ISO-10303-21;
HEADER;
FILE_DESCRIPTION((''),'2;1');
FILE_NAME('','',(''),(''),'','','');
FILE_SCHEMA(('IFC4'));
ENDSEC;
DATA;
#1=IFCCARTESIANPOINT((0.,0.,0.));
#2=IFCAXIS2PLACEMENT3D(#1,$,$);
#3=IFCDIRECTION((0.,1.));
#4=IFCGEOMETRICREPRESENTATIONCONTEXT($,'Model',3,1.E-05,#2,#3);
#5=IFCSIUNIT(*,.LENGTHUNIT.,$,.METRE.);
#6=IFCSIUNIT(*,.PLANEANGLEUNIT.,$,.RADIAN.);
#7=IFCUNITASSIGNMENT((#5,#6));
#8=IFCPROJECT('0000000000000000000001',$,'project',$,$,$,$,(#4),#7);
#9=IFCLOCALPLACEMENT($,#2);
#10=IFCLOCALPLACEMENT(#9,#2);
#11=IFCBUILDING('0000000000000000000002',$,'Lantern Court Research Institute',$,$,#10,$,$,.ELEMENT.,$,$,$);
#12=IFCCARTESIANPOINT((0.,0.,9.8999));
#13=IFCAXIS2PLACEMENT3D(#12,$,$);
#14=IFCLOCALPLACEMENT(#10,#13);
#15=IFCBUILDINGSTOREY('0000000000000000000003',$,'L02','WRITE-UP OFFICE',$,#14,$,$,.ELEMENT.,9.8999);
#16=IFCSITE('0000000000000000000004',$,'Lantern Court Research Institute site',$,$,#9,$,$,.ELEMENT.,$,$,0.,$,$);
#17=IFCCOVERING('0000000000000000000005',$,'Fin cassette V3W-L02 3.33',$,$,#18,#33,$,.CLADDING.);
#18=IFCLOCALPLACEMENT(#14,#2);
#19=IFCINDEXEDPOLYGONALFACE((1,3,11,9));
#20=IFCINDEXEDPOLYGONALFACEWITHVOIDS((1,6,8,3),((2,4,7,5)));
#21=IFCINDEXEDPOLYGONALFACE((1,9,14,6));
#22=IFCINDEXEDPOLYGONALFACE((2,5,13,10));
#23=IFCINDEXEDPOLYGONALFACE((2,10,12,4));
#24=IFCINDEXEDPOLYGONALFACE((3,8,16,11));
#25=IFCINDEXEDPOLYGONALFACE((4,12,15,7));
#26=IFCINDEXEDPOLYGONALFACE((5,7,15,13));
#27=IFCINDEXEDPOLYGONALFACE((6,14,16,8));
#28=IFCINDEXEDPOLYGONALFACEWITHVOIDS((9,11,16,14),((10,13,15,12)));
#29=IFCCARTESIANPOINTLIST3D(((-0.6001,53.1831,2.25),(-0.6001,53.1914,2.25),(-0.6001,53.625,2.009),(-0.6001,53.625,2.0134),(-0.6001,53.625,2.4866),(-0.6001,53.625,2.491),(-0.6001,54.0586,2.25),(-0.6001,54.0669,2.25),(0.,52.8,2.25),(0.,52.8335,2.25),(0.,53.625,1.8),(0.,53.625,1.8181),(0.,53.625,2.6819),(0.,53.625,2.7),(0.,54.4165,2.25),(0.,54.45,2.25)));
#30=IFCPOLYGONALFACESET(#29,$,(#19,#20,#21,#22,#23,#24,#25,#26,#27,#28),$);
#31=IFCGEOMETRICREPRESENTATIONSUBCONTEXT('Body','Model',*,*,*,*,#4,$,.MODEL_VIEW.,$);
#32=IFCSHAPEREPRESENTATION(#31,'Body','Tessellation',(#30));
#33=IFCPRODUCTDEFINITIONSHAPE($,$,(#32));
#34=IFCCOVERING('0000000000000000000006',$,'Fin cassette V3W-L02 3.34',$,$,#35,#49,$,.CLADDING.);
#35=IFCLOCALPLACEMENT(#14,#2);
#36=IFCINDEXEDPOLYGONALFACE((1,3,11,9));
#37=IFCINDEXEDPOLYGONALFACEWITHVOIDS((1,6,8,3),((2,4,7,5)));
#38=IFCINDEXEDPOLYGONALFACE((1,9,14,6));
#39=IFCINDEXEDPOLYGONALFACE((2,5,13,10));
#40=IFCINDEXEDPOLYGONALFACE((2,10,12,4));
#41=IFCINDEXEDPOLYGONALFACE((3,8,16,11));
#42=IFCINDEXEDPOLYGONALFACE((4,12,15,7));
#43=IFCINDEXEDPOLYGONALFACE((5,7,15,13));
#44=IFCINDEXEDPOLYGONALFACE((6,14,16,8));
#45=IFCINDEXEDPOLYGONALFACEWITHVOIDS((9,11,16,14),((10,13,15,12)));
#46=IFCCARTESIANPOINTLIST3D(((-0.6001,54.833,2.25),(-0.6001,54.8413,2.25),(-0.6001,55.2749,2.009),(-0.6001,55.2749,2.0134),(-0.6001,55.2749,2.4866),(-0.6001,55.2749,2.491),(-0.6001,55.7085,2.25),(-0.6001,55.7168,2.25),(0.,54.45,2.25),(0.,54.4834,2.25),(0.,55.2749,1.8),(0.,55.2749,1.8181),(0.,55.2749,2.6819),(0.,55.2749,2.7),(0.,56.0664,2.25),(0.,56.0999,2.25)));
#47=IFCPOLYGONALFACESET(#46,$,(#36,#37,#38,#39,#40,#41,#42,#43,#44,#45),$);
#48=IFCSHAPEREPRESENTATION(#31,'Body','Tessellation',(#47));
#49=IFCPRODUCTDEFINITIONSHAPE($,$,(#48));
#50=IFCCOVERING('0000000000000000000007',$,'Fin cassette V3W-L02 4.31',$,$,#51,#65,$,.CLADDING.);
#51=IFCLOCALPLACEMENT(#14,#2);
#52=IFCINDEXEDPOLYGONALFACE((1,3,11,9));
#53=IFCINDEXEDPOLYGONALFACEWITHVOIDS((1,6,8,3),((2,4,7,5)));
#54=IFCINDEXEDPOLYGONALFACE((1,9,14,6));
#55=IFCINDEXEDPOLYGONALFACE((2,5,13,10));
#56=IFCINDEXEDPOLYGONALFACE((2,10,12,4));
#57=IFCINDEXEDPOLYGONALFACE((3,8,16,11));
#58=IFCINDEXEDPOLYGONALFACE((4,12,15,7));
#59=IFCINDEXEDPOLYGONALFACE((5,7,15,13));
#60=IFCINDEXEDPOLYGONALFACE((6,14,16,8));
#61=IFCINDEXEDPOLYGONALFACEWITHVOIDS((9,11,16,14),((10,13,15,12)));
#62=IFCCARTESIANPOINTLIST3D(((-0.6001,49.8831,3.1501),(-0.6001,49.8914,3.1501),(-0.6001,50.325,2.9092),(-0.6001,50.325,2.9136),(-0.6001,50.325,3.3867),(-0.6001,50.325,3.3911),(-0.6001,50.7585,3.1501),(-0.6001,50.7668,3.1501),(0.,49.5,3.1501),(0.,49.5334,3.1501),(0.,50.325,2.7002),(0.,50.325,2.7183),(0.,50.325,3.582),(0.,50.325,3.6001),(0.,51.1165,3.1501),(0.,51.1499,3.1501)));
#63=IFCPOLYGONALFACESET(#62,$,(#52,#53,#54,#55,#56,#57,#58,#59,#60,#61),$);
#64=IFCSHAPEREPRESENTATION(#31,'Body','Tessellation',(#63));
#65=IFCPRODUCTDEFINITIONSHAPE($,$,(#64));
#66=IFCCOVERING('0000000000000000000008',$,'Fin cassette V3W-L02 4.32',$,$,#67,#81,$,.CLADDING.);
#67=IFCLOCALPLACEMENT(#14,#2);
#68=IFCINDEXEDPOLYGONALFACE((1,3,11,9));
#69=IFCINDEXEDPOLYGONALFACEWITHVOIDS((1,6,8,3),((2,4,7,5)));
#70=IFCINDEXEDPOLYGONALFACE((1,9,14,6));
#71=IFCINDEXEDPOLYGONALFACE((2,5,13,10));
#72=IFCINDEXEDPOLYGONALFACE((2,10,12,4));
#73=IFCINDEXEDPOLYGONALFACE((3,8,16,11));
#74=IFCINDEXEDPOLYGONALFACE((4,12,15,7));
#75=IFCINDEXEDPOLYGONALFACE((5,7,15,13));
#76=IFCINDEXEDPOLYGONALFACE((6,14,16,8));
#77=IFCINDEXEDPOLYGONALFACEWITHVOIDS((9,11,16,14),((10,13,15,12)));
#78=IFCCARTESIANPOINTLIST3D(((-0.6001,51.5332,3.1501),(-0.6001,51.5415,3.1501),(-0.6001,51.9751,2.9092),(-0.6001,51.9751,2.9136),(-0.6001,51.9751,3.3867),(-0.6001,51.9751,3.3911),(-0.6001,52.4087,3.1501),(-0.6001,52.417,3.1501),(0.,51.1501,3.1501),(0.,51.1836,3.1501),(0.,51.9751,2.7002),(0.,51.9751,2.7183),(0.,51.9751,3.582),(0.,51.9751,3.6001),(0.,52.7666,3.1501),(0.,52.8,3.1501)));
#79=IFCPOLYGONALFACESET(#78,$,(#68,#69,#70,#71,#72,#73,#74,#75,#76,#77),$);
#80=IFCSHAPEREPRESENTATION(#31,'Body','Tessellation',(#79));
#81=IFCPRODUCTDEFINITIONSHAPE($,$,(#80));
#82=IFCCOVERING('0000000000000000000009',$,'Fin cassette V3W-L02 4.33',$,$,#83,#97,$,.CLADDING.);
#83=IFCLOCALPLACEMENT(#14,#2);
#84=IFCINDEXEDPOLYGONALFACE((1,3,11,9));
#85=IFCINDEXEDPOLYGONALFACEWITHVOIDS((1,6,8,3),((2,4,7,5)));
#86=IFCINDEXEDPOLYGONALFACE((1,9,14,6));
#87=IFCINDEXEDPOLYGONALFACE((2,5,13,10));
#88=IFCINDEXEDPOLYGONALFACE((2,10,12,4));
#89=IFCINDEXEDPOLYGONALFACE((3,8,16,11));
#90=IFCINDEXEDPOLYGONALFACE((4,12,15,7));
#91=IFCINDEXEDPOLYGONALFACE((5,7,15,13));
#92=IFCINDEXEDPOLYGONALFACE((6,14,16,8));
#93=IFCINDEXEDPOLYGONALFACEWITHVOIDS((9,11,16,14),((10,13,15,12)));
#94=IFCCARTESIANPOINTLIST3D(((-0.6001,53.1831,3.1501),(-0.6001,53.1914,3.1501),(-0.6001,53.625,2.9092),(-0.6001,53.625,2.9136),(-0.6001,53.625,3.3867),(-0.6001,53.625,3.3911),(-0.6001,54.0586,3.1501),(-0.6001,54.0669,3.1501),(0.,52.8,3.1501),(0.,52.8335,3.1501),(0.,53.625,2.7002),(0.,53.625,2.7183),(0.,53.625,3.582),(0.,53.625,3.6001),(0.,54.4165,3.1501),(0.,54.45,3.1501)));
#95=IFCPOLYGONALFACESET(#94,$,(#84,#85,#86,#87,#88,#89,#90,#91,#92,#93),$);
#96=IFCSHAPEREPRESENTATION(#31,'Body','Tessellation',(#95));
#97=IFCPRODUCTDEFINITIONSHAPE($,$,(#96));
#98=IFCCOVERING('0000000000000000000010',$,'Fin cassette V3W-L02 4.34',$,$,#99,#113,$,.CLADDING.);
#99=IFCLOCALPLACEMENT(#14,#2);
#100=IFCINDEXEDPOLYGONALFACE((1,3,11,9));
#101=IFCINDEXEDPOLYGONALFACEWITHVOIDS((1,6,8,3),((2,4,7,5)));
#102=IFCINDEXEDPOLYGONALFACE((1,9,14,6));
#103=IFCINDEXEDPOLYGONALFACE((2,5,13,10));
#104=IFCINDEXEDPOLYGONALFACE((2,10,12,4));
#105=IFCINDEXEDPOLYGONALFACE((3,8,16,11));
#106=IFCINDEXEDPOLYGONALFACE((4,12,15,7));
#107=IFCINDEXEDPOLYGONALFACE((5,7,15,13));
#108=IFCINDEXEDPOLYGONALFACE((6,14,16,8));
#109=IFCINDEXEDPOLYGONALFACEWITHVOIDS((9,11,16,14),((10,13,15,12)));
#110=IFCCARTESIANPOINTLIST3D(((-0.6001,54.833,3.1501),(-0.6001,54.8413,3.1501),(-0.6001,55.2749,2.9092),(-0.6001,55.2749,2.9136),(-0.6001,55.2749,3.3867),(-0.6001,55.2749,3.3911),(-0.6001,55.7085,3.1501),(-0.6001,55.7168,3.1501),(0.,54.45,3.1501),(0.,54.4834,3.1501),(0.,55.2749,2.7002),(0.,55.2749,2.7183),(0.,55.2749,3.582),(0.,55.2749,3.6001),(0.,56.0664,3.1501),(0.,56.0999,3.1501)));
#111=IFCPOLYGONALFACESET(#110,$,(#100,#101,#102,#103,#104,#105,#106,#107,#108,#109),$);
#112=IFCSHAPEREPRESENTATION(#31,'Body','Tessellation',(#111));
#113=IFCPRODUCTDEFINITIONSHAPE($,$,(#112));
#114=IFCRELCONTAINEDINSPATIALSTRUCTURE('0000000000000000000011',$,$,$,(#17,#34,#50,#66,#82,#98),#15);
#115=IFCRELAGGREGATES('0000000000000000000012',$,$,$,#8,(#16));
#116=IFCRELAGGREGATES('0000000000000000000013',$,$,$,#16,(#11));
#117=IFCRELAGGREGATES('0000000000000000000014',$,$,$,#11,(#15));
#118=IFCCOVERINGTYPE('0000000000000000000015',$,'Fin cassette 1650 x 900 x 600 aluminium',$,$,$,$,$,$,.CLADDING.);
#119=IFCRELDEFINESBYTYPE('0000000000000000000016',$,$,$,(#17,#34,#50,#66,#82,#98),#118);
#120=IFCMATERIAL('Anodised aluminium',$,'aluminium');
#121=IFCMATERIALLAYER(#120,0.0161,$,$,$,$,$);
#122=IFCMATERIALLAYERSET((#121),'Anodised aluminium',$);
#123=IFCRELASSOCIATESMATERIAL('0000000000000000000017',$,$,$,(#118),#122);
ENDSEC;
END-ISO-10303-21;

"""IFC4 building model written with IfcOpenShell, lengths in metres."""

from ifc_helpers import new_model, entity, si_unit, direction, frame, origin, place, context, subcontext, project, spatial, material, layer, layer_set, type_object, element, save


model = new_model("IFC4")

# Units and contexts
model_context = context("Model", 3, precision=1e-05, world=origin(), true_north=direction((0.0, 1.0)))
body_context = subcontext(model_context, "Body", "Model", "MODEL_VIEW")
ifc_project = project(units=[si_unit("LENGTHUNIT", "METRE"), si_unit("PLANEANGLEUNIT", "RADIAN")], contexts=[model_context])

# Site, building, storey
site_placement = place(None, origin())
site = spatial("IfcSite", under=ifc_project, at=site_placement, Name="Lantern Court Research Institute site", CompositionType="ELEMENT", RefElevation=0.0)
building_placement = place(site_placement, origin())
building = spatial("IfcBuilding", under=site, at=building_placement, Name="Lantern Court Research Institute", CompositionType="ELEMENT")
storey_placement = place(building_placement, frame((0.0, 0.0, 9.8999)))
storey = spatial("IfcBuildingStorey", under=building, at=storey_placement, Name="L02", Description="WRITE-UP OFFICE", CompositionType="ELEMENT", Elevation=9.8999)

# Coverings
ifc_material_1 = material(Name="Anodised aluminium", Category="aluminium")
ifc_layer_1 = layer(ifc_material_1, 0.0161)
ifc_layer_set_1 = layer_set([ifc_layer_1], Name="Anodised aluminium")
covering_type = type_object("IfcCoveringType", Name="Fin cassette 1650 x 900 x 600 aluminium", PredefinedType="CLADDING", material=ifc_layer_set_1)
covering_1_placement = place(storey_placement, frame((0.0, 53.625, 2.25), z_axis=(-1.0, 0.0, 0.0), x_axis=(0.0, -1.0, 0.0)))
cartesian_point_1 = entity("IfcCartesianPoint", [0.825, 0.0])
cartesian_point_2 = entity("IfcCartesianPoint", [0.7915, 0.0])
cartesian_point_3 = entity("IfcCartesianPoint", [0.4419, 0.0])
cartesian_point_4 = entity("IfcCartesianPoint", [0.4336, 0.0])
element("IfcCovering", 1, at=covering_1_placement, inside=storey, type_object=covering_type, Name="Fin cassette V3W-L02 3.33", PredefinedType="CLADDING", context=body_context, shape_type="SweptSolid", body=[
    entity("IfcExtrudedAreaSolidTapered", entity("IfcArbitraryProfileDefWithVoids", "AREA", None, entity("IfcPolyline", [cartesian_point_1, entity("IfcCartesianPoint", [0.0, 0.45]), entity("IfcCartesianPoint", [-0.825, 0.0]), entity("IfcCartesianPoint", [0.0, -0.45]), cartesian_point_1]), [entity("IfcPolyline", [cartesian_point_2, entity("IfcCartesianPoint", [0.0, 0.4319]), entity("IfcCartesianPoint", [-0.7915, 0.0]), entity("IfcCartesianPoint", [0.0, -0.4319]), cartesian_point_2])]), entity("IfcAxis2Placement3D", entity("IfcCartesianPoint", [0.0, 0.0, 0.0])), entity("IfcDirection", [0.0, 0.0, 1.0]), 0.6001, entity("IfcArbitraryProfileDefWithVoids", "AREA", None, entity("IfcPolyline", [cartesian_point_3, entity("IfcCartesianPoint", [0.0, 0.241]), entity("IfcCartesianPoint", [-0.4419, 0.0]), entity("IfcCartesianPoint", [0.0, -0.241]), cartesian_point_3]), [entity("IfcPolyline", [cartesian_point_4, entity("IfcCartesianPoint", [0.0, 0.2366]), entity("IfcCartesianPoint", [-0.4336, 0.0]), entity("IfcCartesianPoint", [0.0, -0.2366]), cartesian_point_4])])),
])
covering_2_placement = place(storey_placement, frame((0.0, 55.2749, 2.25), z_axis=(-1.0, 0.0, 0.0), x_axis=(0.0, -1.0, 0.0)))
cartesian_point_5 = entity("IfcCartesianPoint", [0.825, 0.0])
cartesian_point_6 = entity("IfcCartesianPoint", [0.7915, 0.0])
cartesian_point_7 = entity("IfcCartesianPoint", [0.4419, 0.0])
cartesian_point_8 = entity("IfcCartesianPoint", [0.4336, 0.0])
element("IfcCovering", 2, at=covering_2_placement, inside=storey, type_object=covering_type, Name="Fin cassette V3W-L02 3.34", PredefinedType="CLADDING", context=body_context, shape_type="SweptSolid", body=[
    entity("IfcExtrudedAreaSolidTapered", entity("IfcArbitraryProfileDefWithVoids", "AREA", None, entity("IfcPolyline", [cartesian_point_5, entity("IfcCartesianPoint", [0.0, 0.45]), entity("IfcCartesianPoint", [-0.825, 0.0]), entity("IfcCartesianPoint", [0.0, -0.45]), cartesian_point_5]), [entity("IfcPolyline", [cartesian_point_6, entity("IfcCartesianPoint", [0.0, 0.4319]), entity("IfcCartesianPoint", [-0.7915, 0.0]), entity("IfcCartesianPoint", [0.0, -0.4319]), cartesian_point_6])]), entity("IfcAxis2Placement3D", entity("IfcCartesianPoint", [0.0, 0.0, 0.0])), entity("IfcDirection", [0.0, 0.0, 1.0]), 0.6001, entity("IfcArbitraryProfileDefWithVoids", "AREA", None, entity("IfcPolyline", [cartesian_point_7, entity("IfcCartesianPoint", [0.0, 0.241]), entity("IfcCartesianPoint", [-0.4419, 0.0]), entity("IfcCartesianPoint", [0.0, -0.241]), cartesian_point_7]), [entity("IfcPolyline", [cartesian_point_8, entity("IfcCartesianPoint", [0.0, 0.2366]), entity("IfcCartesianPoint", [-0.4336, 0.0]), entity("IfcCartesianPoint", [0.0, -0.2366]), cartesian_point_8])])),
])
covering_3_placement = place(storey_placement, frame((0.0, 50.325, 3.1501), z_axis=(-1.0, 0.0, 0.0), x_axis=(0.0, -1.0, 0.0)))
cartesian_point_9 = entity("IfcCartesianPoint", [0.825, 0.0])
cartesian_point_10 = entity("IfcCartesianPoint", [0.7915, 0.0])
cartesian_point_11 = entity("IfcCartesianPoint", [0.4419, 0.0])
cartesian_point_12 = entity("IfcCartesianPoint", [0.4336, 0.0])
element("IfcCovering", 3, at=covering_3_placement, inside=storey, type_object=covering_type, Name="Fin cassette V3W-L02 4.31", PredefinedType="CLADDING", context=body_context, shape_type="SweptSolid", body=[
    entity("IfcExtrudedAreaSolidTapered", entity("IfcArbitraryProfileDefWithVoids", "AREA", None, entity("IfcPolyline", [cartesian_point_9, entity("IfcCartesianPoint", [0.0, 0.45]), entity("IfcCartesianPoint", [-0.825, 0.0]), entity("IfcCartesianPoint", [0.0, -0.45]), cartesian_point_9]), [entity("IfcPolyline", [cartesian_point_10, entity("IfcCartesianPoint", [0.0, 0.4319]), entity("IfcCartesianPoint", [-0.7915, 0.0]), entity("IfcCartesianPoint", [0.0, -0.4319]), cartesian_point_10])]), entity("IfcAxis2Placement3D", entity("IfcCartesianPoint", [0.0, 0.0, 0.0])), entity("IfcDirection", [0.0, 0.0, 1.0]), 0.6001, entity("IfcArbitraryProfileDefWithVoids", "AREA", None, entity("IfcPolyline", [cartesian_point_11, entity("IfcCartesianPoint", [0.0, 0.241]), entity("IfcCartesianPoint", [-0.4419, 0.0]), entity("IfcCartesianPoint", [0.0, -0.241]), cartesian_point_11]), [entity("IfcPolyline", [cartesian_point_12, entity("IfcCartesianPoint", [0.0, 0.2366]), entity("IfcCartesianPoint", [-0.4336, 0.0]), entity("IfcCartesianPoint", [0.0, -0.2366]), cartesian_point_12])])),
])
covering_4_placement = place(storey_placement, frame((0.0, 51.9751, 3.1501), z_axis=(-1.0, 0.0, 0.0), x_axis=(0.0, -1.0, 0.0)))
cartesian_point_13 = entity("IfcCartesianPoint", [0.825, 0.0])
cartesian_point_14 = entity("IfcCartesianPoint", [0.7915, 0.0])
cartesian_point_15 = entity("IfcCartesianPoint", [0.4419, 0.0])
cartesian_point_16 = entity("IfcCartesianPoint", [0.4336, 0.0])
element("IfcCovering", 4, at=covering_4_placement, inside=storey, type_object=covering_type, Name="Fin cassette V3W-L02 4.32", PredefinedType="CLADDING", context=body_context, shape_type="SweptSolid", body=[
    entity("IfcExtrudedAreaSolidTapered", entity("IfcArbitraryProfileDefWithVoids", "AREA", None, entity("IfcPolyline", [cartesian_point_13, entity("IfcCartesianPoint", [0.0, 0.45]), entity("IfcCartesianPoint", [-0.825, 0.0]), entity("IfcCartesianPoint", [0.0, -0.45]), cartesian_point_13]), [entity("IfcPolyline", [cartesian_point_14, entity("IfcCartesianPoint", [0.0, 0.4319]), entity("IfcCartesianPoint", [-0.7915, 0.0]), entity("IfcCartesianPoint", [0.0, -0.4319]), cartesian_point_14])]), entity("IfcAxis2Placement3D", entity("IfcCartesianPoint", [0.0, 0.0, 0.0])), entity("IfcDirection", [0.0, 0.0, 1.0]), 0.6001, entity("IfcArbitraryProfileDefWithVoids", "AREA", None, entity("IfcPolyline", [cartesian_point_15, entity("IfcCartesianPoint", [0.0, 0.241]), entity("IfcCartesianPoint", [-0.4419, 0.0]), entity("IfcCartesianPoint", [0.0, -0.241]), cartesian_point_15]), [entity("IfcPolyline", [cartesian_point_16, entity("IfcCartesianPoint", [0.0, 0.2366]), entity("IfcCartesianPoint", [-0.4336, 0.0]), entity("IfcCartesianPoint", [0.0, -0.2366]), cartesian_point_16])])),
])
covering_5_placement = place(storey_placement, frame((0.0, 53.625, 3.1501), z_axis=(-1.0, 0.0, 0.0), x_axis=(0.0, -1.0, 0.0)))
cartesian_point_17 = entity("IfcCartesianPoint", [0.825, 0.0])
cartesian_point_18 = entity("IfcCartesianPoint", [0.7915, 0.0])
cartesian_point_19 = entity("IfcCartesianPoint", [0.4419, 0.0])
cartesian_point_20 = entity("IfcCartesianPoint", [0.4336, 0.0])
element("IfcCovering", 5, at=covering_5_placement, inside=storey, type_object=covering_type, Name="Fin cassette V3W-L02 4.33", PredefinedType="CLADDING", context=body_context, shape_type="SweptSolid", body=[
    entity("IfcExtrudedAreaSolidTapered", entity("IfcArbitraryProfileDefWithVoids", "AREA", None, entity("IfcPolyline", [cartesian_point_17, entity("IfcCartesianPoint", [0.0, 0.45]), entity("IfcCartesianPoint", [-0.825, 0.0]), entity("IfcCartesianPoint", [0.0, -0.45]), cartesian_point_17]), [entity("IfcPolyline", [cartesian_point_18, entity("IfcCartesianPoint", [0.0, 0.4319]), entity("IfcCartesianPoint", [-0.7915, 0.0]), entity("IfcCartesianPoint", [0.0, -0.4319]), cartesian_point_18])]), entity("IfcAxis2Placement3D", entity("IfcCartesianPoint", [0.0, 0.0, 0.0])), entity("IfcDirection", [0.0, 0.0, 1.0]), 0.6001, entity("IfcArbitraryProfileDefWithVoids", "AREA", None, entity("IfcPolyline", [cartesian_point_19, entity("IfcCartesianPoint", [0.0, 0.241]), entity("IfcCartesianPoint", [-0.4419, 0.0]), entity("IfcCartesianPoint", [0.0, -0.241]), cartesian_point_19]), [entity("IfcPolyline", [cartesian_point_20, entity("IfcCartesianPoint", [0.0, 0.2366]), entity("IfcCartesianPoint", [-0.4336, 0.0]), entity("IfcCartesianPoint", [0.0, -0.2366]), cartesian_point_20])])),
])
covering_6_placement = place(storey_placement, frame((0.0, 55.2749, 3.1501), z_axis=(-1.0, 0.0, 0.0), x_axis=(0.0, -1.0, 0.0)))
cartesian_point_21 = entity("IfcCartesianPoint", [0.825, 0.0])
cartesian_point_22 = entity("IfcCartesianPoint", [0.7915, 0.0])
cartesian_point_23 = entity("IfcCartesianPoint", [0.4419, 0.0])
cartesian_point_24 = entity("IfcCartesianPoint", [0.4336, 0.0])
element("IfcCovering", 6, at=covering_6_placement, inside=storey, type_object=covering_type, Name="Fin cassette V3W-L02 4.34", PredefinedType="CLADDING", context=body_context, shape_type="SweptSolid", body=[
    entity("IfcExtrudedAreaSolidTapered", entity("IfcArbitraryProfileDefWithVoids", "AREA", None, entity("IfcPolyline", [cartesian_point_21, entity("IfcCartesianPoint", [0.0, 0.45]), entity("IfcCartesianPoint", [-0.825, 0.0]), entity("IfcCartesianPoint", [0.0, -0.45]), cartesian_point_21]), [entity("IfcPolyline", [cartesian_point_22, entity("IfcCartesianPoint", [0.0, 0.4319]), entity("IfcCartesianPoint", [-0.7915, 0.0]), entity("IfcCartesianPoint", [0.0, -0.4319]), cartesian_point_22])]), entity("IfcAxis2Placement3D", entity("IfcCartesianPoint", [0.0, 0.0, 0.0])), entity("IfcDirection", [0.0, 0.0, 1.0]), 0.6001, entity("IfcArbitraryProfileDefWithVoids", "AREA", None, entity("IfcPolyline", [cartesian_point_23, entity("IfcCartesianPoint", [0.0, 0.241]), entity("IfcCartesianPoint", [-0.4419, 0.0]), entity("IfcCartesianPoint", [0.0, -0.241]), cartesian_point_23]), [entity("IfcPolyline", [cartesian_point_24, entity("IfcCartesianPoint", [0.0, 0.2366]), entity("IfcCartesianPoint", [-0.4336, 0.0]), entity("IfcCartesianPoint", [0.0, -0.2366]), cartesian_point_24])])),
])

save(model, "model.ifc")
